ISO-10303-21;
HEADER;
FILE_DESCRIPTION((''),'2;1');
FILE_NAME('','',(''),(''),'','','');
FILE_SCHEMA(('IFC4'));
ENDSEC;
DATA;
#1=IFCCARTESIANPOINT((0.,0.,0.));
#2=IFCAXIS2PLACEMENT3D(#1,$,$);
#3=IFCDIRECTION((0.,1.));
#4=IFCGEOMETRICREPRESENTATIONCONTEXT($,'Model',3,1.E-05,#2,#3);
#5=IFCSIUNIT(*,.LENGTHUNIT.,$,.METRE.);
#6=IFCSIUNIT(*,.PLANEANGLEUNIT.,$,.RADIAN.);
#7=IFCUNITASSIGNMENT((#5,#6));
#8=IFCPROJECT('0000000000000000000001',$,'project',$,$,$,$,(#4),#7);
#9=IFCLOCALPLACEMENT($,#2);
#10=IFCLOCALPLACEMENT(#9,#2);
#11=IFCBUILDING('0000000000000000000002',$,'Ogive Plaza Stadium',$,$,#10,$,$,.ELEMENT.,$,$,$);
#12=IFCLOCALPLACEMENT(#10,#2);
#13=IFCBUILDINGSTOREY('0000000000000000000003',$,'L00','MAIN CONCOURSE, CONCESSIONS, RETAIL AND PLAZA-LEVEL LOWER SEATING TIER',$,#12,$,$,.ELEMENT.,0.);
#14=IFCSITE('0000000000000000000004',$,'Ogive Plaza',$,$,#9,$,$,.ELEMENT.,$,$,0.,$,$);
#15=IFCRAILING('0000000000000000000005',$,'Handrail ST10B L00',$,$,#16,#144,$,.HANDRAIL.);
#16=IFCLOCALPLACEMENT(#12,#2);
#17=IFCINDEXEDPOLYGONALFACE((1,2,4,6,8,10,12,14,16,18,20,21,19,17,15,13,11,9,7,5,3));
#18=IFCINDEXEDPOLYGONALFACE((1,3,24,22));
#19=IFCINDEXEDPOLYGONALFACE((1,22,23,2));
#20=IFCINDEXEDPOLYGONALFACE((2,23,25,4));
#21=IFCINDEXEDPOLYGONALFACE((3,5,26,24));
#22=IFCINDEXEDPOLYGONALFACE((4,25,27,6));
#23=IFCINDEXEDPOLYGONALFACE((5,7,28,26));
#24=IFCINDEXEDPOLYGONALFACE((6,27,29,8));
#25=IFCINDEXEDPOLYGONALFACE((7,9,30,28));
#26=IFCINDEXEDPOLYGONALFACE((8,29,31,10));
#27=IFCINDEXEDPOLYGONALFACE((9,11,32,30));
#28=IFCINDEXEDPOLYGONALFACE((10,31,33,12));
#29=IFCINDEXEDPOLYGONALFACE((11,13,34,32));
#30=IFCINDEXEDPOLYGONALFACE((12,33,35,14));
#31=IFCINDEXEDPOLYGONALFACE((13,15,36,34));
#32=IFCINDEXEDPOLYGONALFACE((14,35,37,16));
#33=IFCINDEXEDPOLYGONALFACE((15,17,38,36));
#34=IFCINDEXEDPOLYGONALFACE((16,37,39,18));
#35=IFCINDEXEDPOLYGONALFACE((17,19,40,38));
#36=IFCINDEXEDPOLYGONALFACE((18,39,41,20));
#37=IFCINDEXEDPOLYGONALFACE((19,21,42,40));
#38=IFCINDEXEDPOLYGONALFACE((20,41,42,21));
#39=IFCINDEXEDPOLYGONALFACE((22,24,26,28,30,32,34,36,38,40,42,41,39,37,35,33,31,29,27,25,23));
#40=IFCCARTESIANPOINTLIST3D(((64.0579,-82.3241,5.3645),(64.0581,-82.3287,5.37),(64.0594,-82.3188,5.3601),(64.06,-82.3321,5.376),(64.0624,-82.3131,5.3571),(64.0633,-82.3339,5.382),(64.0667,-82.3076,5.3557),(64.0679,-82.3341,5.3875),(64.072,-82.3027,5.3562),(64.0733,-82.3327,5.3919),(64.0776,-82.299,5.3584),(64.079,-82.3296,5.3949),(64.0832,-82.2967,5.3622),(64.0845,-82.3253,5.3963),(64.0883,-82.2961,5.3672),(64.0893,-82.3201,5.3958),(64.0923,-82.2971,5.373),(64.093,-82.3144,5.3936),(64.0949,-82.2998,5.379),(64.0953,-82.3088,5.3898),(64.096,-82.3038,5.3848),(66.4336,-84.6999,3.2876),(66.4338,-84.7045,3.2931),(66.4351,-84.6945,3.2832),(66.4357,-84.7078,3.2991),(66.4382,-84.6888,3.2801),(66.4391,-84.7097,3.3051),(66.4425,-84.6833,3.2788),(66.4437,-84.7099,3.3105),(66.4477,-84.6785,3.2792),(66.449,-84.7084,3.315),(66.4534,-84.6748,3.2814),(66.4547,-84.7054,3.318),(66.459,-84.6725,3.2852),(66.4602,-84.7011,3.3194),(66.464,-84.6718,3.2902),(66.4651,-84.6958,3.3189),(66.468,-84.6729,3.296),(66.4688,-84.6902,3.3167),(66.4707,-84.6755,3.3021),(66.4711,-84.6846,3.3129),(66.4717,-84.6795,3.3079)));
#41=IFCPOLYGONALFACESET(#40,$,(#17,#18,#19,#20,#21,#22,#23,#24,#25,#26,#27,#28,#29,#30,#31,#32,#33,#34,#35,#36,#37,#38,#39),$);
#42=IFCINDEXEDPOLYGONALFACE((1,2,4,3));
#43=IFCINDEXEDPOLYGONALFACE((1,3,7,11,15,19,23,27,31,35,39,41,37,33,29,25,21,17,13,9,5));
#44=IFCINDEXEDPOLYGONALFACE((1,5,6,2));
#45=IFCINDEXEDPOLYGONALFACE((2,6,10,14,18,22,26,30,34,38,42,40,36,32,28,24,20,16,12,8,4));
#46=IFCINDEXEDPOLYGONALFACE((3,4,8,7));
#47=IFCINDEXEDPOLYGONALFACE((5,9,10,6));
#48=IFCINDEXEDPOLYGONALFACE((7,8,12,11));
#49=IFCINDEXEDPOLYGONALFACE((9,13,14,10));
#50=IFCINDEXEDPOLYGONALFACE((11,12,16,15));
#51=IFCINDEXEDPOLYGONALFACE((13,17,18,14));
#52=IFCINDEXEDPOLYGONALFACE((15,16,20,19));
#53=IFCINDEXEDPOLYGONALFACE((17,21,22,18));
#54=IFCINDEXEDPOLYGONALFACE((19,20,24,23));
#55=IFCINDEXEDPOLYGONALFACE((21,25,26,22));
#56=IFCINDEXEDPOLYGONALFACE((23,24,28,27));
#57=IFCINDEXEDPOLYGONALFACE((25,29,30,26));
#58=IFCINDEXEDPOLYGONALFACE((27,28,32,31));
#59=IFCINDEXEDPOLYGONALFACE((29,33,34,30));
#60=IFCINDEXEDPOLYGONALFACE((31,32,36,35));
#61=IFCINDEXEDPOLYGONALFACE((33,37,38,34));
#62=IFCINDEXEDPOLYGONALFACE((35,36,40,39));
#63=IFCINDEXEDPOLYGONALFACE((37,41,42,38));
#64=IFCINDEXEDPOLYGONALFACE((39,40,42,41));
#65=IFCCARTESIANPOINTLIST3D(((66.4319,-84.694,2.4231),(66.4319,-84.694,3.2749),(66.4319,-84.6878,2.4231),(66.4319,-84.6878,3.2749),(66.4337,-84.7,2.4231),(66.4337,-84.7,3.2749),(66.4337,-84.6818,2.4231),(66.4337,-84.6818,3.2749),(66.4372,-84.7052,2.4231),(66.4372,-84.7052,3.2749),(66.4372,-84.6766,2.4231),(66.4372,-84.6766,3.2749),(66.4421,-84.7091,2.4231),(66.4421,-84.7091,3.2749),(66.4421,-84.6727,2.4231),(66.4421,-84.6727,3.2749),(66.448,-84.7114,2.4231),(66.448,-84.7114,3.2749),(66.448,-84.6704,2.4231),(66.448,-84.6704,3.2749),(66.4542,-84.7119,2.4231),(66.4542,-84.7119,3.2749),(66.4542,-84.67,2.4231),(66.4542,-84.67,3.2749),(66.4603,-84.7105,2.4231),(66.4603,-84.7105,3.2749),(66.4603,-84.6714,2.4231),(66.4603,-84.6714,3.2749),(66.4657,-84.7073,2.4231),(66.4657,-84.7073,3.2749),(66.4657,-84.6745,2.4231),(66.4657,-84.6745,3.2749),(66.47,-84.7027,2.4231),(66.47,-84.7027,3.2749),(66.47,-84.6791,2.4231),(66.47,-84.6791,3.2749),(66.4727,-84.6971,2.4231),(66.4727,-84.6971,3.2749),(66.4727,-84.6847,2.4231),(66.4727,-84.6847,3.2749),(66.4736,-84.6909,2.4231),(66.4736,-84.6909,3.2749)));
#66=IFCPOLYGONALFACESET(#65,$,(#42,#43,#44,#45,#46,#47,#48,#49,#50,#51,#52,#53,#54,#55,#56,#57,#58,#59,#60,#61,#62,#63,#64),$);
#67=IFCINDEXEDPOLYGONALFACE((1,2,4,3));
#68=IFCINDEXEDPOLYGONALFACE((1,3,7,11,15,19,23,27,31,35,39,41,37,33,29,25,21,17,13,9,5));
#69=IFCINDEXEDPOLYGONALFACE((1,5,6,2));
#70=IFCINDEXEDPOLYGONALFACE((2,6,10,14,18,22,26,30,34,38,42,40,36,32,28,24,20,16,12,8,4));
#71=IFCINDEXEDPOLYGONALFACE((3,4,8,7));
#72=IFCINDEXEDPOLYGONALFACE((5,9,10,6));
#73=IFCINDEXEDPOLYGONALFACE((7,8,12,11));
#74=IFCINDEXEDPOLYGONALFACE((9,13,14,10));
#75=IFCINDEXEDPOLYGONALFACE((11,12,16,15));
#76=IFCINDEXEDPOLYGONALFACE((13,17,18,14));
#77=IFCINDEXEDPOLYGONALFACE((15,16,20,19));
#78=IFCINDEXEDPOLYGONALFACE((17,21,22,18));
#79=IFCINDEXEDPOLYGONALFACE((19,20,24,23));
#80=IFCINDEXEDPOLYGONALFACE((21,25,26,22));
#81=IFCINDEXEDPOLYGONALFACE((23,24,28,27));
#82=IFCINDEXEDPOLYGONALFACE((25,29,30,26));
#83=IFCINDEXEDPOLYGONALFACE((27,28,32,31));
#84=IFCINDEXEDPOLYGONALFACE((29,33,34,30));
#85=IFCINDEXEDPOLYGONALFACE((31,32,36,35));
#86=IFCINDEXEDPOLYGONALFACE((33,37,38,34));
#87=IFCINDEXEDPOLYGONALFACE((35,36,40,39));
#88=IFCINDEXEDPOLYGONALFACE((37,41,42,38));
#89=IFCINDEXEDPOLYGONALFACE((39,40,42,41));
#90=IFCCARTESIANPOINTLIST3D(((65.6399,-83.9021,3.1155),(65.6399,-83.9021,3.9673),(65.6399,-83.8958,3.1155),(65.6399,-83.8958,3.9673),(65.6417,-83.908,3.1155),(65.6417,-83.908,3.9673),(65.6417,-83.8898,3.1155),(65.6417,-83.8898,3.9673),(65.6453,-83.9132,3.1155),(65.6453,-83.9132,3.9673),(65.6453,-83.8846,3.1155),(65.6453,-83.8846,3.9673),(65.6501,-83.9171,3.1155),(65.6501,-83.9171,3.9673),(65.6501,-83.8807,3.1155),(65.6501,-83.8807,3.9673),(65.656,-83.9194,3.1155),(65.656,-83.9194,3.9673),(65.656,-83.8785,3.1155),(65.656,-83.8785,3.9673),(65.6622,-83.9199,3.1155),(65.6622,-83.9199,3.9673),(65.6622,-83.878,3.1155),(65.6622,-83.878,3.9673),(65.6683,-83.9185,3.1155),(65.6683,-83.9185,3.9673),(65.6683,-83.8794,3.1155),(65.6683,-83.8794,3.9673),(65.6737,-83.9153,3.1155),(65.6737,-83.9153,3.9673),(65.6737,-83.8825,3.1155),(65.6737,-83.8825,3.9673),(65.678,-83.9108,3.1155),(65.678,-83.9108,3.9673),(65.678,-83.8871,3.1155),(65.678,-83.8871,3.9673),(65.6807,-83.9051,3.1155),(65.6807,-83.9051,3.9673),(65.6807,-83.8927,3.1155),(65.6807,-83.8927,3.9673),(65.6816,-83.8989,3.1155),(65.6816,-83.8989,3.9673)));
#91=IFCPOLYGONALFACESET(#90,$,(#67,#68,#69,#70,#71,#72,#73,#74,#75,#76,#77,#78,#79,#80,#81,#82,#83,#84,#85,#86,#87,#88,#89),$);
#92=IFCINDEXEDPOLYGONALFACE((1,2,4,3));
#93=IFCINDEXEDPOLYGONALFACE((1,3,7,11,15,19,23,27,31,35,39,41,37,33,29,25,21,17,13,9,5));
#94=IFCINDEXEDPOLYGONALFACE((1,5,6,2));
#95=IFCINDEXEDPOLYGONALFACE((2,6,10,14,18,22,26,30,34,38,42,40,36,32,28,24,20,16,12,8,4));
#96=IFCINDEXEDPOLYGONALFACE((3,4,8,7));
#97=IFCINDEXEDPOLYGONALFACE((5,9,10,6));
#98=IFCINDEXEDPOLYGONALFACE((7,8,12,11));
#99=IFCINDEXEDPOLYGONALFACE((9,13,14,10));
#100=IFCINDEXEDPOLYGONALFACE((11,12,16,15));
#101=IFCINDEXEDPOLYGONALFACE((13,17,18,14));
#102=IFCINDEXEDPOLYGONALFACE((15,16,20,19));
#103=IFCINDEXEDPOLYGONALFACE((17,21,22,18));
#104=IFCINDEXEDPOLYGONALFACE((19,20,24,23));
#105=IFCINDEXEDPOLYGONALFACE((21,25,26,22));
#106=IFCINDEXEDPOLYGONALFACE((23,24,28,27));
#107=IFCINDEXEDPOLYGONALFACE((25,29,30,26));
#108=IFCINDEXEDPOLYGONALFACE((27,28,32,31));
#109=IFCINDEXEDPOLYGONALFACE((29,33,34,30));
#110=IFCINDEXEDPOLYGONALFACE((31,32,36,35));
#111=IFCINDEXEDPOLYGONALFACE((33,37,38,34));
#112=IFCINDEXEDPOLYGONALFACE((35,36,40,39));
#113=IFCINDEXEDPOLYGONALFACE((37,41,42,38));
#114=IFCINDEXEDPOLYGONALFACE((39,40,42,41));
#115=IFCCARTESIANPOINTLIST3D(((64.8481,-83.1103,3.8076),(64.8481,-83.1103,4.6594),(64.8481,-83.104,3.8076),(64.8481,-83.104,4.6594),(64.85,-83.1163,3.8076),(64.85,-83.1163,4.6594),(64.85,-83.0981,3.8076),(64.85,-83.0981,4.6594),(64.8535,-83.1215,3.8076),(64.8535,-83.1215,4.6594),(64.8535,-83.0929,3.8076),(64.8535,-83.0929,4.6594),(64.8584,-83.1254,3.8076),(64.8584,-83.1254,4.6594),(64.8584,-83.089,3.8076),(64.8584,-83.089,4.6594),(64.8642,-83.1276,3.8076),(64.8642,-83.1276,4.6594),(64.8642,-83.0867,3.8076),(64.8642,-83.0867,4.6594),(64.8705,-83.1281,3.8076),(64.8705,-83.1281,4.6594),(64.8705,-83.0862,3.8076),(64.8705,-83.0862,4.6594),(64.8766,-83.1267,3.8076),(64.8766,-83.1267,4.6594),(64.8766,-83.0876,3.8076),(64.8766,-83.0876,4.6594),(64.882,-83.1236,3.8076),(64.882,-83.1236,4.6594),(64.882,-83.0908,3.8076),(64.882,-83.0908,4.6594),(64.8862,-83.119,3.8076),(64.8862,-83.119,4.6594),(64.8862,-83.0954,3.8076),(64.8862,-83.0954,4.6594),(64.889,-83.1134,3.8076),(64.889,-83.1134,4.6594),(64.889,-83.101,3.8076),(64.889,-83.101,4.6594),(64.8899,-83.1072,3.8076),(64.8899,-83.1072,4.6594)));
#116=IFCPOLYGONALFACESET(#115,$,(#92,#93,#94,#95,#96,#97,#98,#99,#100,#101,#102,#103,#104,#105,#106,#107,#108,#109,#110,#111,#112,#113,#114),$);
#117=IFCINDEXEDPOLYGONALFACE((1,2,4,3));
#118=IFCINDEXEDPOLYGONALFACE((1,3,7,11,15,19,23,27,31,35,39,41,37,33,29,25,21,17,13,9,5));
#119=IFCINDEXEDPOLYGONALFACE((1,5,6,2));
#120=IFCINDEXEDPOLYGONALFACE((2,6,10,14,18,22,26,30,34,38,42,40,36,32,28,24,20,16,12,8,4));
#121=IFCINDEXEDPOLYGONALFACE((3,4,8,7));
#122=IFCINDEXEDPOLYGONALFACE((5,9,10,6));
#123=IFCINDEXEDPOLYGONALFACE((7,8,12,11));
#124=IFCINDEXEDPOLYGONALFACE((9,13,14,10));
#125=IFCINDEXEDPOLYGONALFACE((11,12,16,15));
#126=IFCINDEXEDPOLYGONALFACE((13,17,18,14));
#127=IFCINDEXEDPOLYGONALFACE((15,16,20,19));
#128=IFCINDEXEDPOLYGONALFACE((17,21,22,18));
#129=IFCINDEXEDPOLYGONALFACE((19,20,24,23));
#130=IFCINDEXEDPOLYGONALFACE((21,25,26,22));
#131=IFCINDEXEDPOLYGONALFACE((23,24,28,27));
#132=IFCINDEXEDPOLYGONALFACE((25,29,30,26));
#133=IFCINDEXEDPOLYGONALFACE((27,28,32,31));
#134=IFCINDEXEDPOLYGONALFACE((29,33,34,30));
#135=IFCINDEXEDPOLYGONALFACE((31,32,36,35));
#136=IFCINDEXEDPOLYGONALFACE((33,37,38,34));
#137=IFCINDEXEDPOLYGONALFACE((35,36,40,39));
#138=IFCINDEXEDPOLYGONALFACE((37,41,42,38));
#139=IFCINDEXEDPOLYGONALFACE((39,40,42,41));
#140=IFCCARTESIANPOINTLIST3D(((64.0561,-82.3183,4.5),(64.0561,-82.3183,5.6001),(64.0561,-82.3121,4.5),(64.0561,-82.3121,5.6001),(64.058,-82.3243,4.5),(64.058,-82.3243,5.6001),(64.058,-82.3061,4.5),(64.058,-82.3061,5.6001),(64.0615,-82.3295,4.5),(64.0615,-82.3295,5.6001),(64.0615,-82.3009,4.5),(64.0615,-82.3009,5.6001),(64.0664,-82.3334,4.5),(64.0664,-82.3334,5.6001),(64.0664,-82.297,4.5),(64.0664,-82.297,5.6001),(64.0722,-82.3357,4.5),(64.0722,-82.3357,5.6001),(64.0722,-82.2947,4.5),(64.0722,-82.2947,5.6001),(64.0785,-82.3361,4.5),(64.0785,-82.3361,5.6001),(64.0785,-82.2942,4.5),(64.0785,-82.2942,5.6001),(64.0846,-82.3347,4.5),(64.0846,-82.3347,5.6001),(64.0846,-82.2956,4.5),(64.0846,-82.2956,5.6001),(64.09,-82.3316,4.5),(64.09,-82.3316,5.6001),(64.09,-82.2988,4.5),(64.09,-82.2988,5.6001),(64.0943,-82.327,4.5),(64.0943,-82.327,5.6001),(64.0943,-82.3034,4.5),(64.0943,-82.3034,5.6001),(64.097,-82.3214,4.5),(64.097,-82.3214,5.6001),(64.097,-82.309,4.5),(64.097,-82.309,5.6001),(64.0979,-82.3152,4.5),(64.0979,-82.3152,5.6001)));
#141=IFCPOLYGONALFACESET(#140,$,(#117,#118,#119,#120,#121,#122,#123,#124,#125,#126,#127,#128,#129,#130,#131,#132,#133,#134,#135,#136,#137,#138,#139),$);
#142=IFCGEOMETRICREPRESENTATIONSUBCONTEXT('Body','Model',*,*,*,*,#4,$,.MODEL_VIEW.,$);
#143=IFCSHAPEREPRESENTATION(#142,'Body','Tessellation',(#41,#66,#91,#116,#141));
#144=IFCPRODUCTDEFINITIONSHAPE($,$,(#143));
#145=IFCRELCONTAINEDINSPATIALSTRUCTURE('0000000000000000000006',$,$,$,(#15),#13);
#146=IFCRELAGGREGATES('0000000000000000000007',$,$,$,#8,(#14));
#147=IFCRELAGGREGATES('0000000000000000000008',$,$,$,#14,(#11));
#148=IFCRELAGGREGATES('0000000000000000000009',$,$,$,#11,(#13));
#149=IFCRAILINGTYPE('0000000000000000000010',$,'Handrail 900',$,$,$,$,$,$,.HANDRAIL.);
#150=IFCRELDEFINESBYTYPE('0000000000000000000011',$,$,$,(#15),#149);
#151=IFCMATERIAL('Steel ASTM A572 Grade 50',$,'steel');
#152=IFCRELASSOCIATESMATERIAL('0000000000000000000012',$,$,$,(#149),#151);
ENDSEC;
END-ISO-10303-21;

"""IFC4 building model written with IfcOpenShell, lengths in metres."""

from ifc_helpers import new_model, si_unit, direction, frame, origin, origin_2d, place, context, subcontext, project, spatial, circle, extrude, material, type_object, element, save


model = new_model("IFC4")

# Units and contexts
model_context = context("Model", 3, precision=1e-05, world=origin(), true_north=direction((0.0, 1.0)))
body_context = subcontext(model_context, "Body", "Model", "MODEL_VIEW")
ifc_project = project(units=[si_unit("LENGTHUNIT", "METRE"), si_unit("PLANEANGLEUNIT", "RADIAN")], contexts=[model_context])

# Site, building, storey
site_placement = place(None, origin())
site = spatial("IfcSite", under=ifc_project, at=site_placement, Name="Ogive Plaza", CompositionType="ELEMENT", RefElevation=0.0)
building_placement = place(site_placement, origin())
building = spatial("IfcBuilding", under=site, at=building_placement, Name="Ogive Plaza Stadium", CompositionType="ELEMENT")
storey_placement = place(building_placement, origin())
storey = spatial("IfcBuildingStorey", under=building, at=storey_placement, Name="L00", Description="MAIN CONCOURSE, CONCESSIONS, RETAIL AND PLAZA-LEVEL LOWER SEATING TIER", CompositionType="ELEMENT", Elevation=0.0)

# Railing
ifc_material_1 = material(Name="Steel ASTM A572 Grade 50", Category="steel")
railing_type_1 = type_object("IfcRailingType", Name="Handrail 900", PredefinedType="HANDRAIL", material=ifc_material_1)
for number, where, name in (
    (1, (66.4526, -84.6909, 2.4231), "Handrail ST10B L00"),
):
    element("IfcRailing", number, at=place(storey_placement, frame(where)), inside=storey, type_object=railing_type_1, Name=name, PredefinedType="HANDRAIL", context=body_context, shape_type="SweptSolid", body=[
        extrude(circle(Radius=0.0239, at=origin_2d()), frame((0.0, 0.0, 0.876), z_axis=(-0.601466, 0.601466, 0.525811), x_axis=(-0.707107, -0.707107, 0.0)), (0.0, 0.0, 1.0), 3.95),
        extrude(circle(Radius=0.021, at=origin_2d()), origin(), (0.0, 0.0, 1.0), 0.8518),
        extrude(circle(Radius=0.021, at=origin_2d()), frame((-0.792, 0.792, 0.6924)), (0.0, 0.0, 1.0), 0.8518),
        extrude(circle(Radius=0.021, at=origin_2d()), frame((-1.5837, 1.5837, 1.3845)), (0.0, 0.0, 1.0), 0.8518),
        extrude(circle(Radius=0.021, at=origin_2d()), frame((-2.3757, 2.3757, 2.0769)), (0.0, 0.0, 1.0), 1.1001),
    ])

save(model, "model.ifc")
